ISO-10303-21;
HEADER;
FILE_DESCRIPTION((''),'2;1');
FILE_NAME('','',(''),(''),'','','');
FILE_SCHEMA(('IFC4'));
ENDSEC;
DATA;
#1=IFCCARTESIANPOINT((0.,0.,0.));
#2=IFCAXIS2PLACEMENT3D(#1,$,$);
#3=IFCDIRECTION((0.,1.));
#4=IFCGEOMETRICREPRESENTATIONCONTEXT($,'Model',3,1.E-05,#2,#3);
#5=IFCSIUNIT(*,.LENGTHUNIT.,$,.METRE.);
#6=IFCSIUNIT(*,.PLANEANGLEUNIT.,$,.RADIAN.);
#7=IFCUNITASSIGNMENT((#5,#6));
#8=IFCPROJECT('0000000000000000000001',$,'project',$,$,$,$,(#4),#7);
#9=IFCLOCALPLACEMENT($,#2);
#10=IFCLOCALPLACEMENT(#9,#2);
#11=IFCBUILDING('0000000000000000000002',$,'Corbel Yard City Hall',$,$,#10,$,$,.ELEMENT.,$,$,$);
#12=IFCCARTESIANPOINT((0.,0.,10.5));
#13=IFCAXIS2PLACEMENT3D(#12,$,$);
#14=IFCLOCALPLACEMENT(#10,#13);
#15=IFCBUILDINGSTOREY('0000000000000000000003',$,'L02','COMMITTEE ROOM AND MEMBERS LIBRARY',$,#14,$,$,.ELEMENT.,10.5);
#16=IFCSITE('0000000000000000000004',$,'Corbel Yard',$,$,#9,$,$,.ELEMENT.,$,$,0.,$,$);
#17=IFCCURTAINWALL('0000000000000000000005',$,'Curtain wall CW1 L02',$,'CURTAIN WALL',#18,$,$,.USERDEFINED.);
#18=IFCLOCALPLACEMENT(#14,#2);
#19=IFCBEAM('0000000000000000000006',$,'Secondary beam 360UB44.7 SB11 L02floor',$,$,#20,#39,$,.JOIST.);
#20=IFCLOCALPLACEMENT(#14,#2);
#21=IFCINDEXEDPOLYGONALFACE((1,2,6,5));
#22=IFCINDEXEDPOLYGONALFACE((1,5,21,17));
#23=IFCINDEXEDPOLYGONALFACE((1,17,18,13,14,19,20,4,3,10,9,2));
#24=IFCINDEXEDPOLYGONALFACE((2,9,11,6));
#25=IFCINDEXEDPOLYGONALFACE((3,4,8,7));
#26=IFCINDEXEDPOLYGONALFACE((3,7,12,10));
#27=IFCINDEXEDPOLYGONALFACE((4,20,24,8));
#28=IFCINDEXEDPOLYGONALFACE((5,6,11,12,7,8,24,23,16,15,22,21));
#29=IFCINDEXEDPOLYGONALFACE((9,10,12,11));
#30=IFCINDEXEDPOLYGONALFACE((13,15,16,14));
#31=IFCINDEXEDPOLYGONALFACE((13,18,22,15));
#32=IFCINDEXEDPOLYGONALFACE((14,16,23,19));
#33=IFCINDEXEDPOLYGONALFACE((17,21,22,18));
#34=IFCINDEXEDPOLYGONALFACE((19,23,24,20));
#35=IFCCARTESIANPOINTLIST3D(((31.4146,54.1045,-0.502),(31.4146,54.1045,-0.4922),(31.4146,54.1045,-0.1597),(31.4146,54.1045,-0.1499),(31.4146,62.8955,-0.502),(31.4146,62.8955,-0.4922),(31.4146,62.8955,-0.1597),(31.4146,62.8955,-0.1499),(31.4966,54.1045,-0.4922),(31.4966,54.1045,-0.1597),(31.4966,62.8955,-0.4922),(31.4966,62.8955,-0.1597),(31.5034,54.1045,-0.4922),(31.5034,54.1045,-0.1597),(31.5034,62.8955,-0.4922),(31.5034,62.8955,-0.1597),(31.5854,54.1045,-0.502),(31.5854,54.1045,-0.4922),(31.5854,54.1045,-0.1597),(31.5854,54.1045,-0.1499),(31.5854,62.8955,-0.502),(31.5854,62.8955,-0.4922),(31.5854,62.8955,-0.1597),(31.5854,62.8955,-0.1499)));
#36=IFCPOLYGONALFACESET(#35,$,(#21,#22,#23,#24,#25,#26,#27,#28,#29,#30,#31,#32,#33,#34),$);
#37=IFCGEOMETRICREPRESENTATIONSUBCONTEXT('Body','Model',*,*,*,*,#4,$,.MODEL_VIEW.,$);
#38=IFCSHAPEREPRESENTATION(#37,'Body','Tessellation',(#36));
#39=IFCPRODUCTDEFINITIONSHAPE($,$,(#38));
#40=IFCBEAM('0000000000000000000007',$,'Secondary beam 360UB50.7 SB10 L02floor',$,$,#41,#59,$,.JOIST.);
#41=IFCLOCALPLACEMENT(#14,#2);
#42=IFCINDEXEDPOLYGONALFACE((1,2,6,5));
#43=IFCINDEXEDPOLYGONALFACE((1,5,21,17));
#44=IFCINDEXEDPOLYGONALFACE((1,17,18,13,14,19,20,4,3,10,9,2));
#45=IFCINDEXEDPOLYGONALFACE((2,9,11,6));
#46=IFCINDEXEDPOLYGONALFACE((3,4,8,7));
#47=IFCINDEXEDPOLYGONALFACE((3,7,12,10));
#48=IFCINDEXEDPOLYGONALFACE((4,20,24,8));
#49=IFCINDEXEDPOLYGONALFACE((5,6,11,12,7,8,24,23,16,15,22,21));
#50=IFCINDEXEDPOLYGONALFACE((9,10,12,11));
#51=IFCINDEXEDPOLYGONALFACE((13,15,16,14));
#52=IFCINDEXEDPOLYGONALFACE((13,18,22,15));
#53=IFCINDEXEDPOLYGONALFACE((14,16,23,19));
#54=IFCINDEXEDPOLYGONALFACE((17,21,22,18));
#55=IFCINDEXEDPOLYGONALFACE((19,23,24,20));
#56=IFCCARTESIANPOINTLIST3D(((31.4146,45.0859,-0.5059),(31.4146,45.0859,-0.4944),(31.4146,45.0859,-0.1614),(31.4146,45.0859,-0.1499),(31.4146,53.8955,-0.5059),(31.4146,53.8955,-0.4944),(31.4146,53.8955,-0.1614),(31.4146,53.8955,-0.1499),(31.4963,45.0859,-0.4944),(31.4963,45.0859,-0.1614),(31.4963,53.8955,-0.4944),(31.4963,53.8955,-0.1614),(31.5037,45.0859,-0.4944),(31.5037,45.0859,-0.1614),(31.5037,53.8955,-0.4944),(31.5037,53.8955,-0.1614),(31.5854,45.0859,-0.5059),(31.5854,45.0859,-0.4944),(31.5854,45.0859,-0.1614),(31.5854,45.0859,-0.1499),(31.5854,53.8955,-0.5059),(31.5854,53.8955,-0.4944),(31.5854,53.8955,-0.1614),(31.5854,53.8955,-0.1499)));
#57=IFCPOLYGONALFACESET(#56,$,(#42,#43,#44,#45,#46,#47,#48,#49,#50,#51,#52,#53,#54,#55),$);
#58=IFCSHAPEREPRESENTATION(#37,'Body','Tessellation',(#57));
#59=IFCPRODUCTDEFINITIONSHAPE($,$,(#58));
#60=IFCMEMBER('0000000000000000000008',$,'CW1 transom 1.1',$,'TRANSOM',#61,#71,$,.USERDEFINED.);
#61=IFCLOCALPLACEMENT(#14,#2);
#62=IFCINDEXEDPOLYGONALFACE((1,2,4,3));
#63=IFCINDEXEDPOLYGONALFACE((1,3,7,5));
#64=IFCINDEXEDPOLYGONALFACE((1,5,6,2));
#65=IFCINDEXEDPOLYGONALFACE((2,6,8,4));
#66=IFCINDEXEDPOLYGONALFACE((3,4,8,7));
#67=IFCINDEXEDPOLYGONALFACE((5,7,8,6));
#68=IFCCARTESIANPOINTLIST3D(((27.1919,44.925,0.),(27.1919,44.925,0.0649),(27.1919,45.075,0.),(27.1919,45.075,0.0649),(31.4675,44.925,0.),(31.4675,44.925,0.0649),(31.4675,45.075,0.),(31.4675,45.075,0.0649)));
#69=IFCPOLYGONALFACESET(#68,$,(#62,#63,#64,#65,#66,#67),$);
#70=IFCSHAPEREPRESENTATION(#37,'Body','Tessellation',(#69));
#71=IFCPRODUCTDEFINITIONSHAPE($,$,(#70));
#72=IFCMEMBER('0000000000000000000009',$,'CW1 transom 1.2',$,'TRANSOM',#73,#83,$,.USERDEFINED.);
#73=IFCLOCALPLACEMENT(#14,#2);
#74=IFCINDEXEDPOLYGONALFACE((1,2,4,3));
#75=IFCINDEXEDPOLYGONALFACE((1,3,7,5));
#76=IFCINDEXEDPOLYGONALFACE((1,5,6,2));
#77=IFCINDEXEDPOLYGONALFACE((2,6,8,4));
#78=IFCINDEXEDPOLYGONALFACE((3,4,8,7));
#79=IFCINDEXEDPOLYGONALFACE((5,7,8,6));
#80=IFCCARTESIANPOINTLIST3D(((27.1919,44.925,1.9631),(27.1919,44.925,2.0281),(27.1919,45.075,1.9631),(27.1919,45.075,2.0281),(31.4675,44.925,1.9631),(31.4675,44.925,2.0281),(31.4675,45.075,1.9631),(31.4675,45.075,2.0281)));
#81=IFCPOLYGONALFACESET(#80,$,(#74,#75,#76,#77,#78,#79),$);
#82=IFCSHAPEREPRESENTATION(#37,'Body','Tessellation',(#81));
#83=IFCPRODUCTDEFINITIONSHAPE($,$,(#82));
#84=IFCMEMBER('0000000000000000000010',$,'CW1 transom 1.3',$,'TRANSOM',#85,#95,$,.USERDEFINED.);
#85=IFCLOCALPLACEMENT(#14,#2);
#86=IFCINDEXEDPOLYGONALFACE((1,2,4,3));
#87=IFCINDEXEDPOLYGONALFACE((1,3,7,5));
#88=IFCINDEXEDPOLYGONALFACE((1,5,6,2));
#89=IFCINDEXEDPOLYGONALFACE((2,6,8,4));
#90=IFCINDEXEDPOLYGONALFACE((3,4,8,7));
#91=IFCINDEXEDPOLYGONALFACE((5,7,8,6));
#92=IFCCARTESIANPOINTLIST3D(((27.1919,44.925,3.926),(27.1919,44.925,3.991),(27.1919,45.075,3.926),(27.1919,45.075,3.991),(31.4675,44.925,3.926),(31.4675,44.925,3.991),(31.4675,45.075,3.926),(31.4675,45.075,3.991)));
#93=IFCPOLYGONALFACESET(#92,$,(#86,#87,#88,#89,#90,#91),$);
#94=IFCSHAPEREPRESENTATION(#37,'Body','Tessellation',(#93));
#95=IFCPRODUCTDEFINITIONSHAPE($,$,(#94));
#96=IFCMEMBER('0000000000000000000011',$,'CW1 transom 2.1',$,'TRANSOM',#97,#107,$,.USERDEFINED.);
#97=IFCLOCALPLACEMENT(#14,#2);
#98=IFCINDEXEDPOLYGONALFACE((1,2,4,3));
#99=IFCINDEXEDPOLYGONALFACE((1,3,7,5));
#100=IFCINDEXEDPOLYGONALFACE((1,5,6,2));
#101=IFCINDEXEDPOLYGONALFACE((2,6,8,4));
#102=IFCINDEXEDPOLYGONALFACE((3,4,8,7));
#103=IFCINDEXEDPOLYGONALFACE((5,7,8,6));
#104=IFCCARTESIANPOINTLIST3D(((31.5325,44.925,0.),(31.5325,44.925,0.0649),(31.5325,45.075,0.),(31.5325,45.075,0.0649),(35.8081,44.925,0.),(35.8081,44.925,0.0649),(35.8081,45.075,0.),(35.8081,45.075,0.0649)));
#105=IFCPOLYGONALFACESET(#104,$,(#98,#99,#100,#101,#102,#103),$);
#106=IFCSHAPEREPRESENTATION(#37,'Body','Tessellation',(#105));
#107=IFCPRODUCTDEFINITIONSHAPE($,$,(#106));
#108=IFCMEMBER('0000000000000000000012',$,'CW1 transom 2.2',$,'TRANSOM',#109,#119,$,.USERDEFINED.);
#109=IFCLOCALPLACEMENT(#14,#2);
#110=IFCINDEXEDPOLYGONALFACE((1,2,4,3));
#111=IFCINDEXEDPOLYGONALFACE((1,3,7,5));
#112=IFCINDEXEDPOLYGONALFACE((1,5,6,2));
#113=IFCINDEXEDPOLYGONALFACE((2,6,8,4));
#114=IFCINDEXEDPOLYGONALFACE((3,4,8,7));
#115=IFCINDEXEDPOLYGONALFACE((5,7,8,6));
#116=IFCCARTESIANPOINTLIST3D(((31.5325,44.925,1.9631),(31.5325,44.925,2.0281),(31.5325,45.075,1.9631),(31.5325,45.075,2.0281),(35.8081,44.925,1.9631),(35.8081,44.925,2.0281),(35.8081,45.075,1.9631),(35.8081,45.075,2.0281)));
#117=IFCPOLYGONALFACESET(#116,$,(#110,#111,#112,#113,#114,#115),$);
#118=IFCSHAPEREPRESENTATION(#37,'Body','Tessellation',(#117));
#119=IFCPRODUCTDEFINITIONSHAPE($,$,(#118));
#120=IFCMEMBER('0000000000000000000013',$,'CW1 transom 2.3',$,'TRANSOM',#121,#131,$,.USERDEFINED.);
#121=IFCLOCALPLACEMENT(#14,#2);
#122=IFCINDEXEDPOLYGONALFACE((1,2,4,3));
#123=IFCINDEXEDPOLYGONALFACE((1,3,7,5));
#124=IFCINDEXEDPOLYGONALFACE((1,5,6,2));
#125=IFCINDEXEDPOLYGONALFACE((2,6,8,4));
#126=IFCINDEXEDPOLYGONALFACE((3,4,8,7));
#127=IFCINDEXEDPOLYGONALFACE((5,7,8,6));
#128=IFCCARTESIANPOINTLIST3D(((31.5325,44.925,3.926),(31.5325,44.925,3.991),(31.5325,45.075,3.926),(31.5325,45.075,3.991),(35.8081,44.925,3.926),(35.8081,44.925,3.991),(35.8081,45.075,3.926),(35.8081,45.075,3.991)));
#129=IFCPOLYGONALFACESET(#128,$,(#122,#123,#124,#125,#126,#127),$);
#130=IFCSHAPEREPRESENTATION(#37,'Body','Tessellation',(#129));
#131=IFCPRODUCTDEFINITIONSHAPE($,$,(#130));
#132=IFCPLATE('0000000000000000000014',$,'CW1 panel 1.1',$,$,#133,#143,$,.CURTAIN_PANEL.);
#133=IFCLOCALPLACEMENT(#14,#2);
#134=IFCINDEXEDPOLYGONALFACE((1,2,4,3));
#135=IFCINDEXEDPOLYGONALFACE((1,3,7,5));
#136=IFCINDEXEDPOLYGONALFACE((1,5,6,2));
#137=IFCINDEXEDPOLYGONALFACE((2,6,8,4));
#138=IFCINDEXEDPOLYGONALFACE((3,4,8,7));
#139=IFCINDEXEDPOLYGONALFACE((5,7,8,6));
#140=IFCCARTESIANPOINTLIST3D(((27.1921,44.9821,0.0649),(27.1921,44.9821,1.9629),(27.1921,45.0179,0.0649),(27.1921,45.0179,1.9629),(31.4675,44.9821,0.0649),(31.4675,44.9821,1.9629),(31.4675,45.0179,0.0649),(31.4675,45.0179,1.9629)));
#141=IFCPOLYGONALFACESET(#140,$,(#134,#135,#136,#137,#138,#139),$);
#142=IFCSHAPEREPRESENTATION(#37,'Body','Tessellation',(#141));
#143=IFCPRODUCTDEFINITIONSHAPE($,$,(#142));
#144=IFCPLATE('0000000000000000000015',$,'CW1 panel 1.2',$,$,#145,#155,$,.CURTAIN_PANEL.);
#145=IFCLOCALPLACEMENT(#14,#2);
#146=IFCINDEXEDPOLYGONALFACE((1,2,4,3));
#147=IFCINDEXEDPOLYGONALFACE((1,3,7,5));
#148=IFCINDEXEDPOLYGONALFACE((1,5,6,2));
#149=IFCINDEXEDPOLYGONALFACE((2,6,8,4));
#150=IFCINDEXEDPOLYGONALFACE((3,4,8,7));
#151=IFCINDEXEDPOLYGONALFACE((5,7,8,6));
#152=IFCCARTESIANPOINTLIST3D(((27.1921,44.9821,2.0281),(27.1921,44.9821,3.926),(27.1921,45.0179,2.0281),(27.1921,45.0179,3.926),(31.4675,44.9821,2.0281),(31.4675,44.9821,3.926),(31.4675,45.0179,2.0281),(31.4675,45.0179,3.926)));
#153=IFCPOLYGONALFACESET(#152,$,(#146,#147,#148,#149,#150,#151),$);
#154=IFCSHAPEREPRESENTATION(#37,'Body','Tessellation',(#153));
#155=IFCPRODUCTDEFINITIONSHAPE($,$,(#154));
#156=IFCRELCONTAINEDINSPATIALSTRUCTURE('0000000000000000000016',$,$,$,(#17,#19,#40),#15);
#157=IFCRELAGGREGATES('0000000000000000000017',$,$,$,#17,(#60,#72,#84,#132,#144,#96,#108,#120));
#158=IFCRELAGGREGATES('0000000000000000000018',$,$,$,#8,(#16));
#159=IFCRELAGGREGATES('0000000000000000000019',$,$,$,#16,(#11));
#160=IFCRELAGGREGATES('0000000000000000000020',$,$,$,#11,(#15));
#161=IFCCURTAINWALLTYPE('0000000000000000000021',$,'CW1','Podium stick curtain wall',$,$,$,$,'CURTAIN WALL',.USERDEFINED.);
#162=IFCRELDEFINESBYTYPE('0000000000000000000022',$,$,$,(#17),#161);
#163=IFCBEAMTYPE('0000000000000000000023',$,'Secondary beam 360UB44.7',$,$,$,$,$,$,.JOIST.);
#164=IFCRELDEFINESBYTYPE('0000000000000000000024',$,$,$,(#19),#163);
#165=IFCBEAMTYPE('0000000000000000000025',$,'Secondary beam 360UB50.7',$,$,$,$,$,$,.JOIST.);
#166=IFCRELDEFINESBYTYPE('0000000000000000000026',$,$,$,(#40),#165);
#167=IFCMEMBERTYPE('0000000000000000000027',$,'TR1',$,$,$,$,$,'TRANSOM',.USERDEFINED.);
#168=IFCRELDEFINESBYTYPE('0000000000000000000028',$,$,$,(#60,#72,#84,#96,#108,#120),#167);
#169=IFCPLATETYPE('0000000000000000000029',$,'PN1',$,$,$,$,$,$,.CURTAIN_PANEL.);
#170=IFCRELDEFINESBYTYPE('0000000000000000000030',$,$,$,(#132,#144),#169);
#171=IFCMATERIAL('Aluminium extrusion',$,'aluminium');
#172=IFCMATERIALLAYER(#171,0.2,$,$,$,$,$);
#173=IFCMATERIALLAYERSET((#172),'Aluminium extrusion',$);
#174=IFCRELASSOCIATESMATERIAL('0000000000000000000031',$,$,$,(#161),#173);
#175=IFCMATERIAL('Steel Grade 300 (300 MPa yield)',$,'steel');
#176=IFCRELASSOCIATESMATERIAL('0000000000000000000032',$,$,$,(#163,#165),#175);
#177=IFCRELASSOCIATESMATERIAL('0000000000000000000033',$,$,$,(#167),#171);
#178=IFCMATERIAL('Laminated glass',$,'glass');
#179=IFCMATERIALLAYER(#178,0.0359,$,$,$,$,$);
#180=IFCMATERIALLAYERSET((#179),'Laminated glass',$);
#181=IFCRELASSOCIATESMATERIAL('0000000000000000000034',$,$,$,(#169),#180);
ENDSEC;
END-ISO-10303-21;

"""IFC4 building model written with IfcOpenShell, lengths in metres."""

from ifc_helpers import new_model, si_unit, direction, frame, origin, origin_2d, place, context, subcontext, project, spatial, rectangle, i_section, extrude, material, layer, layer_set, material_profile, profile_set, type_object, element, aggregate, save


model = new_model("IFC4")

# Units and contexts
model_context = context("Model", 3, precision=1e-05, world=origin(), true_north=direction((0.0, 1.0)))
body_context = subcontext(model_context, "Body", "Model", "MODEL_VIEW")
ifc_project = project(units=[si_unit("LENGTHUNIT", "METRE"), si_unit("PLANEANGLEUNIT", "RADIAN")], contexts=[model_context])

# Site, building, storey
site_placement = place(None, origin())
site = spatial("IfcSite", under=ifc_project, at=site_placement, Name="Corbel Yard", CompositionType="ELEMENT", RefElevation=0.0)
building_placement = place(site_placement, origin())
building = spatial("IfcBuilding", under=site, at=building_placement, Name="Corbel Yard City Hall", CompositionType="ELEMENT")
storey_placement = place(building_placement, frame((0.0, 0.0, 10.5)))
storey = spatial("IfcBuildingStorey", under=building, at=storey_placement, Name="L02", Description="COMMITTEE ROOM AND MEMBERS LIBRARY", CompositionType="ELEMENT", Elevation=10.5)

# Shared definitions
ifc_material_1 = material(Name="Steel Grade 300 (300 MPa yield)", Category="steel")

# Curtain wall
ifc_material_2 = material(Name="Aluminium extrusion", Category="aluminium")
ifc_layer_1 = layer(ifc_material_2, 0.2)
ifc_layer_set_1 = layer_set([ifc_layer_1], Name="Aluminium extrusion")
curtain_wall_type = type_object("IfcCurtainWallType", Name="CW1", Description="Podium stick curtain wall", ElementType="CURTAIN WALL", PredefinedType="USERDEFINED", material=ifc_layer_set_1)
curtain_wall_placement = place(storey_placement, origin())
curtain_wall = element("IfcCurtainWall", 1, at=curtain_wall_placement, inside=storey, type_object=curtain_wall_type, Name="Curtain wall CW1 L02", ObjectType="CURTAIN WALL", PredefinedType="USERDEFINED")

# Beams
ifc_material_profile_1 = material_profile(ifc_material_1, i_section(OverallWidth=0.1709, OverallDepth=0.3521, WebThickness=0.0068, FlangeThickness=0.0098, at=origin_2d()), Name="360UB44.7")
ifc_profile_set_1 = profile_set([ifc_material_profile_1], Name="Steel Grade 300 (300 MPa yield)")
beam_type_1 = type_object("IfcBeamType", Name="Secondary beam 360UB44.7", PredefinedType="JOIST", material=ifc_profile_set_1)
beam_1_placement = place(storey_placement, frame((31.5, 54.1045, -0.3259), z_axis=(0.0, 1.0, 0.0), x_axis=(-1.0, 0.0, 0.0)))
element("IfcBeam", 2, at=beam_1_placement, inside=storey, type_object=beam_type_1, Name="Secondary beam 360UB44.7 SB11 L02floor", PredefinedType="JOIST", context=body_context, shape_type="SweptSolid", body=[
    extrude(i_section(OverallWidth=0.1709, OverallDepth=0.3521, WebThickness=0.0068, FlangeThickness=0.0098, at=origin_2d()), origin(), (0.0, 0.0, 1.0), 8.791),
])
ifc_material_profile_2 = material_profile(ifc_material_1, i_section(OverallWidth=0.1709, OverallDepth=0.356, WebThickness=0.0073, FlangeThickness=0.0115, at=origin_2d()), Name="360UB50.7")
ifc_profile_set_2 = profile_set([ifc_material_profile_2], Name="Steel Grade 300 (300 MPa yield)")
beam_type_2 = type_object("IfcBeamType", Name="Secondary beam 360UB50.7", PredefinedType="JOIST", material=ifc_profile_set_2)
beam_2_placement = place(storey_placement, frame((31.5, 45.0859, -0.3279), z_axis=(0.0, 1.0, 0.0), x_axis=(-1.0, 0.0, 0.0)))
element("IfcBeam", 3, at=beam_2_placement, inside=storey, type_object=beam_type_2, Name="Secondary beam 360UB50.7 SB10 L02floor", PredefinedType="JOIST", context=body_context, shape_type="SweptSolid", body=[
    extrude(i_section(OverallWidth=0.1709, OverallDepth=0.356, WebThickness=0.0073, FlangeThickness=0.0115, at=origin_2d()), origin(), (0.0, 0.0, 1.0), 8.8096),
])

# Members
ifc_material_profile_3 = material_profile(ifc_material_2, rectangle(XDim=0.1499, YDim=0.0649, at=origin_2d()), Name="150x65")
ifc_profile_set_3 = profile_set([ifc_material_profile_3], Name="Aluminium extrusion")
member_type_1 = type_object("IfcMemberType", Name="TR1", ElementType="TRANSOM", PredefinedType="USERDEFINED", material=ifc_profile_set_3)
member_1_placement = place(storey_placement, frame((27.1919, 45.0, 0.0325), z_axis=(1.0, 0.0, 0.0), x_axis=(0.0, 1.0, 0.0)))
member_1 = element("IfcMember", 4, at=member_1_placement, type_object=member_type_1, Name="CW1 transom 1.1", ObjectType="TRANSOM", PredefinedType="USERDEFINED", context=body_context, shape_type="SweptSolid", body=[
    extrude(rectangle(XDim=0.1499, YDim=0.0649, at=origin_2d()), origin(), (0.0, 0.0, 1.0), 4.2756),
])
member_2_placement = place(storey_placement, frame((27.1919, 45.0, 1.9956), z_axis=(1.0, 0.0, 0.0), x_axis=(0.0, 1.0, 0.0)))
member_2 = element("IfcMember", 5, at=member_2_placement, type_object=member_type_1, Name="CW1 transom 1.2", ObjectType="TRANSOM", PredefinedType="USERDEFINED", context=body_context, shape_type="SweptSolid", body=[
    extrude(rectangle(XDim=0.1499, YDim=0.0649, at=origin_2d()), origin(), (0.0, 0.0, 1.0), 4.2756),
])
member_3_placement = place(storey_placement, frame((27.1919, 45.0, 3.9585), z_axis=(1.0, 0.0, 0.0), x_axis=(0.0, 1.0, 0.0)))
member_3 = element("IfcMember", 6, at=member_3_placement, type_object=member_type_1, Name="CW1 transom 1.3", ObjectType="TRANSOM", PredefinedType="USERDEFINED", context=body_context, shape_type="SweptSolid", body=[
    extrude(rectangle(XDim=0.1499, YDim=0.0649, at=origin_2d()), origin(), (0.0, 0.0, 1.0), 4.2756),
])
member_4_placement = place(storey_placement, frame((31.5325, 45.0, 0.0325), z_axis=(1.0, 0.0, 0.0), x_axis=(0.0, 1.0, 0.0)))
member_4 = element("IfcMember", 7, at=member_4_placement, type_object=member_type_1, Name="CW1 transom 2.1", ObjectType="TRANSOM", PredefinedType="USERDEFINED", context=body_context, shape_type="SweptSolid", body=[
    extrude(rectangle(XDim=0.1499, YDim=0.0649, at=origin_2d()), origin(), (0.0, 0.0, 1.0), 4.2756),
])
member_5_placement = place(storey_placement, frame((31.5325, 45.0, 1.9956), z_axis=(1.0, 0.0, 0.0), x_axis=(0.0, 1.0, 0.0)))
member_5 = element("IfcMember", 8, at=member_5_placement, type_object=member_type_1, Name="CW1 transom 2.2", ObjectType="TRANSOM", PredefinedType="USERDEFINED", context=body_context, shape_type="SweptSolid", body=[
    extrude(rectangle(XDim=0.1499, YDim=0.0649, at=origin_2d()), origin(), (0.0, 0.0, 1.0), 4.2756),
])
member_6_placement = place(storey_placement, frame((31.5325, 45.0, 3.9585), z_axis=(1.0, 0.0, 0.0), x_axis=(0.0, 1.0, 0.0)))
member_6 = element("IfcMember", 9, at=member_6_placement, type_object=member_type_1, Name="CW1 transom 2.3", ObjectType="TRANSOM", PredefinedType="USERDEFINED", context=body_context, shape_type="SweptSolid", body=[
    extrude(rectangle(XDim=0.1499, YDim=0.0649, at=origin_2d()), origin(), (0.0, 0.0, 1.0), 4.2756),
])

# Plates
ifc_material_3 = material(Name="Laminated glass", Category="glass")
ifc_layer_2 = layer(ifc_material_3, 0.0359)
ifc_layer_set_2 = layer_set([ifc_layer_2], Name="Laminated glass")
plate_type = type_object("IfcPlateType", Name="PN1", PredefinedType="CURTAIN_PANEL", material=ifc_layer_set_2)
plate_1_placement = place(storey_placement, frame((29.3298, 45.0, 0.0649), z_axis=(0.0, 0.0, 1.0), x_axis=(1.0, 0.0, 0.0)))
plate_1 = element("IfcPlate", 10, at=plate_1_placement, type_object=plate_type, Name="CW1 panel 1.1", PredefinedType="CURTAIN_PANEL", context=body_context, shape_type="SweptSolid", body=[
    extrude(rectangle(XDim=4.2754, YDim=0.0359, at=origin_2d()), origin(), (0.0, 0.0, 1.0), 1.8979),
])
plate_2_placement = place(storey_placement, frame((29.3298, 45.0, 2.0281), z_axis=(0.0, 0.0, 1.0), x_axis=(1.0, 0.0, 0.0)))
plate_2 = element("IfcPlate", 11, at=plate_2_placement, type_object=plate_type, Name="CW1 panel 1.2", PredefinedType="CURTAIN_PANEL", context=body_context, shape_type="SweptSolid", body=[
    extrude(rectangle(XDim=4.2754, YDim=0.0359, at=origin_2d()), origin(), (0.0, 0.0, 1.0), 1.8979),
])
aggregate(curtain_wall, [member_1, member_2, member_3, plate_1, plate_2, member_4, member_5, member_6])

save(model, "model.ifc")
